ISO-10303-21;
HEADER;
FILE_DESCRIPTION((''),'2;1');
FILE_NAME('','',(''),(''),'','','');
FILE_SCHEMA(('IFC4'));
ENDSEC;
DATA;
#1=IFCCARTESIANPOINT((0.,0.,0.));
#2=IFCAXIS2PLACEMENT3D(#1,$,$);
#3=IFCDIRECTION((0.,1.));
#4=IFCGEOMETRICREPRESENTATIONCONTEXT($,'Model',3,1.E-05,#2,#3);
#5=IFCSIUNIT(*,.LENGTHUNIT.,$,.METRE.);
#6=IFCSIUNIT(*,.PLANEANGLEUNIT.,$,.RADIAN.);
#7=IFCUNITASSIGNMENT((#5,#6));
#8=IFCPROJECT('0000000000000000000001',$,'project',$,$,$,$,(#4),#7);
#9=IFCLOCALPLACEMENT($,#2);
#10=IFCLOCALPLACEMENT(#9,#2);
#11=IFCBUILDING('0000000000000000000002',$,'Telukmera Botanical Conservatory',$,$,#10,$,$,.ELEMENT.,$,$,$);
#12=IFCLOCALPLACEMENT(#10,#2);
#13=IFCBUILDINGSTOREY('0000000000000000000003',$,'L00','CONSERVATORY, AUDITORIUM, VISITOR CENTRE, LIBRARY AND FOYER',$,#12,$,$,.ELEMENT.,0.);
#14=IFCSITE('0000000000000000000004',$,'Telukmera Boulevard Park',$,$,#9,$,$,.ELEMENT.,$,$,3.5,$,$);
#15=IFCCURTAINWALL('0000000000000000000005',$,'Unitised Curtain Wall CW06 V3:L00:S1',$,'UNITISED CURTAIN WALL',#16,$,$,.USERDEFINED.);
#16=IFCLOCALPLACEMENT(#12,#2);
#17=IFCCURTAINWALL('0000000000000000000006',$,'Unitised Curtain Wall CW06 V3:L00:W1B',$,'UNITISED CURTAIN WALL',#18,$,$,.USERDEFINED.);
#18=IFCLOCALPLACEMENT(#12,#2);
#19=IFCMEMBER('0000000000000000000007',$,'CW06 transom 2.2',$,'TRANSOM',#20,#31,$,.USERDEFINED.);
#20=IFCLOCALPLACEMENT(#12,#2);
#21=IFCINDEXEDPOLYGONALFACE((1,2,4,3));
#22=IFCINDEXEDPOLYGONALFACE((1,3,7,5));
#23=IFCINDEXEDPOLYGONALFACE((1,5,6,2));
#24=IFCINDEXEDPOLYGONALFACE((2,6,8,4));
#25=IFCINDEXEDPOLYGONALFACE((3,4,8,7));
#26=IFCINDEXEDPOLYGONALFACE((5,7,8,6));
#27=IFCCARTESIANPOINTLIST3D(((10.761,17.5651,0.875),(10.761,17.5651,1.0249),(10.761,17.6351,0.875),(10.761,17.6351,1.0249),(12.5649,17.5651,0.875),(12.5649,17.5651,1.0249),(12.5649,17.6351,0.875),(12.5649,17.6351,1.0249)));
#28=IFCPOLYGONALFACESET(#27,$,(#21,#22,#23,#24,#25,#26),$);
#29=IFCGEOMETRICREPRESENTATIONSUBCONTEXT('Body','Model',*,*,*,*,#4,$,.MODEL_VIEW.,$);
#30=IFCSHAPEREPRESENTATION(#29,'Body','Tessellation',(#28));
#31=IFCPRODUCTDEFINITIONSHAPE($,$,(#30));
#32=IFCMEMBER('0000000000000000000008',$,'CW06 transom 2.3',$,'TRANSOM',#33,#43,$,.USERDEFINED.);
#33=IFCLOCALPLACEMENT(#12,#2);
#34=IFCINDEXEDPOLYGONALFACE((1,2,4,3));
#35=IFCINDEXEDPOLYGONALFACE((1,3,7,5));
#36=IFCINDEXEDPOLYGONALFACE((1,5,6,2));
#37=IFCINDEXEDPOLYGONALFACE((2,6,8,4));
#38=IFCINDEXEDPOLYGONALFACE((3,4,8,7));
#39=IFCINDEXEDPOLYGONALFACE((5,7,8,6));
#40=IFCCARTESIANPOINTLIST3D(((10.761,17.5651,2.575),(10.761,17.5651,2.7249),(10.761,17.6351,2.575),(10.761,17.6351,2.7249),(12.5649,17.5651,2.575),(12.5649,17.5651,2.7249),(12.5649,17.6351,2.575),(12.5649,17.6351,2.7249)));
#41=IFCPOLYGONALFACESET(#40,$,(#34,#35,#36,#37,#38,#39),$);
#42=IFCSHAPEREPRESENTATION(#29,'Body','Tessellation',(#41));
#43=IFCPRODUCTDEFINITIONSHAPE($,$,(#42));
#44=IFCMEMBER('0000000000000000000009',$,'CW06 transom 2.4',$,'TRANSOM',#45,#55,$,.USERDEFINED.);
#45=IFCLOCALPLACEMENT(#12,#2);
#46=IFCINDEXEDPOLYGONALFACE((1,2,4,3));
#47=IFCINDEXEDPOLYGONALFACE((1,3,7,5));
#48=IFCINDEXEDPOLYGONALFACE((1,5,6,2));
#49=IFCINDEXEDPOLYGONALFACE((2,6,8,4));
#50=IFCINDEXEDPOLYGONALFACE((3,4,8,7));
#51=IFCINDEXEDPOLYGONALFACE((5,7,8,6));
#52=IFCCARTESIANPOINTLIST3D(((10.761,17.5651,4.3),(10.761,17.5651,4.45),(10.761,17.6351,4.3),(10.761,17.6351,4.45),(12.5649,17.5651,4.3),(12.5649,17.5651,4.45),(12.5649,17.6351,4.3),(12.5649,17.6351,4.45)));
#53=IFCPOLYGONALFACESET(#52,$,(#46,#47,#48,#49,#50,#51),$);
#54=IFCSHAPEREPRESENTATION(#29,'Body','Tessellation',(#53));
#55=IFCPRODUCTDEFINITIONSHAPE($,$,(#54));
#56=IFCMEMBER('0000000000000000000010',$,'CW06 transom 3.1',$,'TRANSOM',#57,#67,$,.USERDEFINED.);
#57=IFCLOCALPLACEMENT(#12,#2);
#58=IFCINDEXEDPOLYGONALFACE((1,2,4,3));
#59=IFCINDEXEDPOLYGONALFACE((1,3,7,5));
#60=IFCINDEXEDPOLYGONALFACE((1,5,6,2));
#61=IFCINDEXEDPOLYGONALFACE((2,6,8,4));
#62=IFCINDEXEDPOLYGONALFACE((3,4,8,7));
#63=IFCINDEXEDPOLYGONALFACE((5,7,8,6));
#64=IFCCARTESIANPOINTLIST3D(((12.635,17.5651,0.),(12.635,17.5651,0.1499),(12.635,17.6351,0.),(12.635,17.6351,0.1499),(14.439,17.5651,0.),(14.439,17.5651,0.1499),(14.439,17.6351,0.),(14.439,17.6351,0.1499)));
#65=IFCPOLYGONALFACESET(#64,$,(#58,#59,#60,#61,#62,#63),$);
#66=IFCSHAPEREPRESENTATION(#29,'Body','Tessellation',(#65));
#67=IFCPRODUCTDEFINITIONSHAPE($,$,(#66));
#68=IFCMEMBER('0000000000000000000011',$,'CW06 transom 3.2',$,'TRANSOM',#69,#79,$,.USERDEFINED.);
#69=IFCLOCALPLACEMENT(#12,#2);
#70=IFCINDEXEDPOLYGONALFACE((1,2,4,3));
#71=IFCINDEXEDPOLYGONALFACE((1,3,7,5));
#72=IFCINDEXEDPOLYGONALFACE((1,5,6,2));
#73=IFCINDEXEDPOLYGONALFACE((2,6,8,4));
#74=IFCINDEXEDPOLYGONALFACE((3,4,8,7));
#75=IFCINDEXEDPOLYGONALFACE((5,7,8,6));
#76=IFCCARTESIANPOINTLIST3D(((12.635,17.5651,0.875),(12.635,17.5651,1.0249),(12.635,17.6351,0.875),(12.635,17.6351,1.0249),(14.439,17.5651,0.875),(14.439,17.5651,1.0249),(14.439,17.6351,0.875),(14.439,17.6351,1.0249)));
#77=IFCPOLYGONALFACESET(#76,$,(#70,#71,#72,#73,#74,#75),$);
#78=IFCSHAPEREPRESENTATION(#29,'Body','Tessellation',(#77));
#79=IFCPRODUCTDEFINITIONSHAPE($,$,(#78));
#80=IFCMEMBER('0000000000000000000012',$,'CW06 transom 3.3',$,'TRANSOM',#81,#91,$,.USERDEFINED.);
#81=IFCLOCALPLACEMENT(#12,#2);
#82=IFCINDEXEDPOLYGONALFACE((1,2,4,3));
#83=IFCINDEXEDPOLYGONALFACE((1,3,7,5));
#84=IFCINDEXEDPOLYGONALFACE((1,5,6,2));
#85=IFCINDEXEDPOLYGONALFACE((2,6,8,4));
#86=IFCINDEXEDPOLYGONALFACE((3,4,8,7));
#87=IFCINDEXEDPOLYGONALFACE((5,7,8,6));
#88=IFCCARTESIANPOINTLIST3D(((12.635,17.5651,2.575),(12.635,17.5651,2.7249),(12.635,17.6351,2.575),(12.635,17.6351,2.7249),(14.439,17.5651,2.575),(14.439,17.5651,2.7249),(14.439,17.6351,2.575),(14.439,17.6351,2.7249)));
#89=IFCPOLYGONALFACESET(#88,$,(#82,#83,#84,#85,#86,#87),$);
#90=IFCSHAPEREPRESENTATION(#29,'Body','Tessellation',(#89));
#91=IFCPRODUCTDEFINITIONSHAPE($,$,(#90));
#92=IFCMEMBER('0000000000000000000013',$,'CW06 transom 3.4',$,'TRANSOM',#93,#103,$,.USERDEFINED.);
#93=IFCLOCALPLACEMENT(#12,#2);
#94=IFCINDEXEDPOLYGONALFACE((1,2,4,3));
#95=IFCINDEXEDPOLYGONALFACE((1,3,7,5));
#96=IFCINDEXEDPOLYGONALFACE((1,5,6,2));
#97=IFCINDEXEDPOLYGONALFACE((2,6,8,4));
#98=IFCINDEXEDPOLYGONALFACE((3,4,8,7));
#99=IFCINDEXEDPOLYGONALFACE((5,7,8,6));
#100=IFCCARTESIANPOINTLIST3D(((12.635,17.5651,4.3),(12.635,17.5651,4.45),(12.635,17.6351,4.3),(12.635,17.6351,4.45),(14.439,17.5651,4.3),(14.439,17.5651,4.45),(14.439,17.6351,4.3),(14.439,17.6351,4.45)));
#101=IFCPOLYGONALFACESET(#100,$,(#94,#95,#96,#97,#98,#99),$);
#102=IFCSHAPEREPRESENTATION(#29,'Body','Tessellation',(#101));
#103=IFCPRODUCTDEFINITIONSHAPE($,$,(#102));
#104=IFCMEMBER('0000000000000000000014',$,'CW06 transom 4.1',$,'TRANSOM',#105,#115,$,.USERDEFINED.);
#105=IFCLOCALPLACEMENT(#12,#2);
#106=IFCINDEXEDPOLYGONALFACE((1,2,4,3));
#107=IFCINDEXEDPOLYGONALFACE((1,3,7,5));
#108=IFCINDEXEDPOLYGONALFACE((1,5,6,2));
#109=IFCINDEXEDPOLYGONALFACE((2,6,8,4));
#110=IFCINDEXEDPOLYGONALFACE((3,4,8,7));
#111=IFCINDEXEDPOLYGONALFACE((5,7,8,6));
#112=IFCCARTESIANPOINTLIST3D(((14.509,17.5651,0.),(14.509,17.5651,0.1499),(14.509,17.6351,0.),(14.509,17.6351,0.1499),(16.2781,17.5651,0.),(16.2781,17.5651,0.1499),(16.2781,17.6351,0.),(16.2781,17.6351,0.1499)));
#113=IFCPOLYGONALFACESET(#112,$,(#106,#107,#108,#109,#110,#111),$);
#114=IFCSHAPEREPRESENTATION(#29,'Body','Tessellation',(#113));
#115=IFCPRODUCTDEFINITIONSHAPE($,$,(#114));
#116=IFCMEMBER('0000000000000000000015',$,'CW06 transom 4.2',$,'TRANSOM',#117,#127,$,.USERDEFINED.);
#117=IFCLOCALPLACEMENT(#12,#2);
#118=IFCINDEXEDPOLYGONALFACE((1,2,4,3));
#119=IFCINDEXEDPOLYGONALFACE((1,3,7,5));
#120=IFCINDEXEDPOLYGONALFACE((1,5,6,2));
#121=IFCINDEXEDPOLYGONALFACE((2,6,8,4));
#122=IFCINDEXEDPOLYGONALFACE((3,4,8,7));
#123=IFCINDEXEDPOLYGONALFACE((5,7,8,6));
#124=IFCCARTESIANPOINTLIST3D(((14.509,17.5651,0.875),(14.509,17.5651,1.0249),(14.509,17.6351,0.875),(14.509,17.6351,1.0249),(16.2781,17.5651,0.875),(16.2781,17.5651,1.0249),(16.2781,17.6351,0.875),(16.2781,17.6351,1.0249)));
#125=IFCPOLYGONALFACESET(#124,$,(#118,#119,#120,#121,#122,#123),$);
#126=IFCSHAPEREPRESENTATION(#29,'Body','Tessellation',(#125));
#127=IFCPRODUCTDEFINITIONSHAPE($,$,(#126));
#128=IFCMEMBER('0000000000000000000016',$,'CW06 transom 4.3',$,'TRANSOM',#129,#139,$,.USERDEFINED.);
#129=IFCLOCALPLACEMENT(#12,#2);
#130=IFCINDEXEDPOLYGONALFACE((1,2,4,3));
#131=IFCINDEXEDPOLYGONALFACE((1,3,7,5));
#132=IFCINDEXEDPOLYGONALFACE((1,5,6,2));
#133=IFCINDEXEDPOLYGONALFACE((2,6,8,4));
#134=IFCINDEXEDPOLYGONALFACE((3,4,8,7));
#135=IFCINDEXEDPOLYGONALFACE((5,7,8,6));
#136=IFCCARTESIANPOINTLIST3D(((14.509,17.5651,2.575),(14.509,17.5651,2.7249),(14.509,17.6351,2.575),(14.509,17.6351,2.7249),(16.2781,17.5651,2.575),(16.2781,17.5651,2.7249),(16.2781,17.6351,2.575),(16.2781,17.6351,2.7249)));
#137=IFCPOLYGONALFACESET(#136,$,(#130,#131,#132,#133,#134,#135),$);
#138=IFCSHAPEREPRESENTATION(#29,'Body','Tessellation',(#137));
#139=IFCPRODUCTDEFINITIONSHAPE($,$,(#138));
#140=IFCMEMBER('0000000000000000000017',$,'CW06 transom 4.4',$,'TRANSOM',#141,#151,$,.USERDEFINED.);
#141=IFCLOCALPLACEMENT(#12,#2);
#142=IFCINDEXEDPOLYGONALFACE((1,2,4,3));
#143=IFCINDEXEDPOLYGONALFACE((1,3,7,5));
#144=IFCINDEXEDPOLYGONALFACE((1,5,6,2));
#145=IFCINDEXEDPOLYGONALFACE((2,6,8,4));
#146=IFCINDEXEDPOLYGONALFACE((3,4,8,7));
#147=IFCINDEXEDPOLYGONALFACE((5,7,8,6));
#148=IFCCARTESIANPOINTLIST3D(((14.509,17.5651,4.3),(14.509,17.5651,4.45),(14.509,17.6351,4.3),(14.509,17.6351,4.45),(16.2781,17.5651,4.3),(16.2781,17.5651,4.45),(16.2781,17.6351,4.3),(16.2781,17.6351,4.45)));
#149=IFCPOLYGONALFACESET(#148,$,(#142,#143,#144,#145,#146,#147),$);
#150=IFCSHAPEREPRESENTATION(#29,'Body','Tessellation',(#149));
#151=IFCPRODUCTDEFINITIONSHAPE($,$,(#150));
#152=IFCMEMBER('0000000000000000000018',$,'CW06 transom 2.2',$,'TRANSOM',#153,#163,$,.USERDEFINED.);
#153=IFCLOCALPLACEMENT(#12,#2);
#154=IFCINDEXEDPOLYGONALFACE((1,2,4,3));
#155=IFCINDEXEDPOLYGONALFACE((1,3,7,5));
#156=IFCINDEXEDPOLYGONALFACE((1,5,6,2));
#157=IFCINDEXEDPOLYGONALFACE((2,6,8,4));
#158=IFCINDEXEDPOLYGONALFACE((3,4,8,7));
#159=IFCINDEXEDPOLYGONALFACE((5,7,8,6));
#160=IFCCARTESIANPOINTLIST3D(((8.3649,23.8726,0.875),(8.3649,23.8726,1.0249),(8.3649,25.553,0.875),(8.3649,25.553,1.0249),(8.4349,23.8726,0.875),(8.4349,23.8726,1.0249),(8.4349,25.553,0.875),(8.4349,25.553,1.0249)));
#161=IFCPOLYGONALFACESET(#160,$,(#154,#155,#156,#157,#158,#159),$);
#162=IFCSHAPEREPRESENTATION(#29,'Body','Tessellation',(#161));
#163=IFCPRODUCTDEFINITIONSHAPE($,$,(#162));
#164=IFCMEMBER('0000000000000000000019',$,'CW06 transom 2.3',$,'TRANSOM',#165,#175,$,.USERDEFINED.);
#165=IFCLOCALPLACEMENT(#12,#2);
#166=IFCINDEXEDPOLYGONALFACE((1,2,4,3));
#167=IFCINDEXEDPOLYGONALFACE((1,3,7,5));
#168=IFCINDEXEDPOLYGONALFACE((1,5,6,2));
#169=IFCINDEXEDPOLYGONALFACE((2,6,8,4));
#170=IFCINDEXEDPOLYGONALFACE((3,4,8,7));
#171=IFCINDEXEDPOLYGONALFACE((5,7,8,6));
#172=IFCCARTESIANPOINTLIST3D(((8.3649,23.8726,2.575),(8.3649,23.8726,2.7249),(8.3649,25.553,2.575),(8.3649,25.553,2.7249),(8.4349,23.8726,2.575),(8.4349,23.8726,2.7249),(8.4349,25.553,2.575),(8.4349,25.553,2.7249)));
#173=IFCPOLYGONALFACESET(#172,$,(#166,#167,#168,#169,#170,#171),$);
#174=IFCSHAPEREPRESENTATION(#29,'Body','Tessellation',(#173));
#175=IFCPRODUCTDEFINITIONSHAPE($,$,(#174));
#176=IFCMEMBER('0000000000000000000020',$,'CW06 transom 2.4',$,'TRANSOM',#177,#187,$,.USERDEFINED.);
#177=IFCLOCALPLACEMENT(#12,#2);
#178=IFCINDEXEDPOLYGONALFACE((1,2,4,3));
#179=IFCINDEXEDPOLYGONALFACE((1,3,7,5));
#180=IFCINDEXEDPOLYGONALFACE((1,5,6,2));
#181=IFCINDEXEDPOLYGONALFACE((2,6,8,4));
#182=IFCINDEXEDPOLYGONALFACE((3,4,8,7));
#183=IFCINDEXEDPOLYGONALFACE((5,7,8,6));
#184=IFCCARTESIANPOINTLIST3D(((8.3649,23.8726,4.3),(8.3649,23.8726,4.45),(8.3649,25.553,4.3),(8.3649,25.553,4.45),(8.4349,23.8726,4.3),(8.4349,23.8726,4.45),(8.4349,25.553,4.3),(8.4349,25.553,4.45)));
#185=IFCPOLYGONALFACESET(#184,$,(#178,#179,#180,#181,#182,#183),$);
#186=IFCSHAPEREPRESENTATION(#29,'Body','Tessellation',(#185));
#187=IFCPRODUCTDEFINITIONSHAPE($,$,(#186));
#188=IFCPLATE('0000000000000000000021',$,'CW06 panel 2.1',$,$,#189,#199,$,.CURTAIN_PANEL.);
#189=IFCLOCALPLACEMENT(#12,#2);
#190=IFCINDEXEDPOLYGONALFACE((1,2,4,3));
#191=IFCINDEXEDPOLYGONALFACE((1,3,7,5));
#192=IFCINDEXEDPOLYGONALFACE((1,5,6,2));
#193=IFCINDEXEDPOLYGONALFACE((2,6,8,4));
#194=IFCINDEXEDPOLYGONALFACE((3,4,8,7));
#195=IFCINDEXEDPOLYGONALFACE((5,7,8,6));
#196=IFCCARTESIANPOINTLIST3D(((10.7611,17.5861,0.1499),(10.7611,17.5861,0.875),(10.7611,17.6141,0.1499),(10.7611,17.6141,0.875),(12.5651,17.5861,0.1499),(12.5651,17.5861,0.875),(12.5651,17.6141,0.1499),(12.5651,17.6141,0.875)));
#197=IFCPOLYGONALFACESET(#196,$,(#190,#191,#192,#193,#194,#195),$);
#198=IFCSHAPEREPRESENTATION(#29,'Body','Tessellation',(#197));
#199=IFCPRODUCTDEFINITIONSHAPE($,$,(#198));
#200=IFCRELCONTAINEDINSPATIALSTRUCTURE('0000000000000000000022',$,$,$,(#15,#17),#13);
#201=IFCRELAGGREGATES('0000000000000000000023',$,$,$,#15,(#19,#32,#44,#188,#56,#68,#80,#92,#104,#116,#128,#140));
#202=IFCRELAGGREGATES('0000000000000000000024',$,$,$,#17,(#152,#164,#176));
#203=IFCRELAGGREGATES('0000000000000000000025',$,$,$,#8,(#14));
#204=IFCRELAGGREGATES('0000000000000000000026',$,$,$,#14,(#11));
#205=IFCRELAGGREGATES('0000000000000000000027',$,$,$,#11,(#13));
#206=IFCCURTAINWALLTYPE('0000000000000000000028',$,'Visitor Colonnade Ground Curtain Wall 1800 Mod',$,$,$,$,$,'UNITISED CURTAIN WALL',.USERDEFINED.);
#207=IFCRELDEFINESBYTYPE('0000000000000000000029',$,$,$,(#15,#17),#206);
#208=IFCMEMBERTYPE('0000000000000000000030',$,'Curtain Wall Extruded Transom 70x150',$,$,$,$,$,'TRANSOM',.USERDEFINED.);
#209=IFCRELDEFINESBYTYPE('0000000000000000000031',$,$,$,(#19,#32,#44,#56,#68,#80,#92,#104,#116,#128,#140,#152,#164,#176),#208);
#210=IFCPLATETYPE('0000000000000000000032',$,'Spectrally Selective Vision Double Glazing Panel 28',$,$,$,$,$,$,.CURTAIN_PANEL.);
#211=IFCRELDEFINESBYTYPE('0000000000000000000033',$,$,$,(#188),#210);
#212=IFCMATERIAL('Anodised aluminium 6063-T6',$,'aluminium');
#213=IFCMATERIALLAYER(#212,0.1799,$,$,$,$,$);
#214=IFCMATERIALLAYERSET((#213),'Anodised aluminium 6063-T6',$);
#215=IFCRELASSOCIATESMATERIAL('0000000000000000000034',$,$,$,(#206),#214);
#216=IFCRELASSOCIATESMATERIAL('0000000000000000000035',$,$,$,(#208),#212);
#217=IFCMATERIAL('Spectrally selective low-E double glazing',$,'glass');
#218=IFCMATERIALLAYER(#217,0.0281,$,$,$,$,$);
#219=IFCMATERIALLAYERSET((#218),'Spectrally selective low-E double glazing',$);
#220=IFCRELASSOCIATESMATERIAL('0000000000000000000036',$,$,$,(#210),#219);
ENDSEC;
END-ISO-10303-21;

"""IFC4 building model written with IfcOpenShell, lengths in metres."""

from ifc_helpers import new_model, si_unit, direction, frame, origin, origin_2d, place, context, subcontext, project, spatial, rectangle, extrude, material, layer, layer_set, material_profile, profile_set, type_object, element, aggregate, save


model = new_model("IFC4")

# Units and contexts
model_context = context("Model", 3, precision=1e-05, world=origin(), true_north=direction((0.0, 1.0)))
body_context = subcontext(model_context, "Body", "Model", "MODEL_VIEW")
ifc_project = project(units=[si_unit("LENGTHUNIT", "METRE"), si_unit("PLANEANGLEUNIT", "RADIAN")], contexts=[model_context])

# Site, building, storey
site_placement = place(None, origin())
site = spatial("IfcSite", under=ifc_project, at=site_placement, Name="Telukmera Boulevard Park", CompositionType="ELEMENT", RefElevation=3.5)
building_placement = place(site_placement, origin())
building = spatial("IfcBuilding", under=site, at=building_placement, Name="Telukmera Botanical Conservatory", CompositionType="ELEMENT")
storey_placement = place(building_placement, origin())
storey = spatial("IfcBuildingStorey", under=building, at=storey_placement, Name="L00", Description="CONSERVATORY, AUDITORIUM, VISITOR CENTRE, LIBRARY AND FOYER", CompositionType="ELEMENT", Elevation=0.0)

# Curtain wall
ifc_material_1 = material(Name="Anodised aluminium 6063-T6", Category="aluminium")
ifc_layer_1 = layer(ifc_material_1, 0.1799)
ifc_layer_set_1 = layer_set([ifc_layer_1], Name="Anodised aluminium 6063-T6")
curtain_wall_type = type_object("IfcCurtainWallType", Name="Visitor Colonnade Ground Curtain Wall 1800 Mod", ElementType="UNITISED CURTAIN WALL", PredefinedType="USERDEFINED", material=ifc_layer_set_1)
curtain_wall_1_placement = place(storey_placement, origin())
curtain_wall_1 = element("IfcCurtainWall", 1, at=curtain_wall_1_placement, inside=storey, type_object=curtain_wall_type, Name="Unitised Curtain Wall CW06 V3:L00:S1", ObjectType="UNITISED CURTAIN WALL", PredefinedType="USERDEFINED")

# Curtain wall
curtain_wall_2_placement = place(storey_placement, origin())
curtain_wall_2 = element("IfcCurtainWall", 2, at=curtain_wall_2_placement, inside=storey, type_object=curtain_wall_type, Name="Unitised Curtain Wall CW06 V3:L00:W1B", ObjectType="UNITISED CURTAIN WALL", PredefinedType="USERDEFINED")

# Members
ifc_material_profile_1 = material_profile(ifc_material_1, rectangle(XDim=0.0701, YDim=0.1499, at=origin_2d()), Name="ALU TRAN 70x150")
ifc_profile_set_1 = profile_set([ifc_material_profile_1], Name="Anodised aluminium 6063-T6")
member_type_1 = type_object("IfcMemberType", Name="Curtain Wall Extruded Transom 70x150", ElementType="TRANSOM", PredefinedType="USERDEFINED", material=ifc_profile_set_1)
member_1_placement = place(storey_placement, frame((10.761, 17.6001, 0.95), z_axis=(1.0, 0.0, 0.0), x_axis=(0.0, 1.0, 0.0)))
member_1 = element("IfcMember", 3, at=member_1_placement, type_object=member_type_1, Name="CW06 transom 2.2", ObjectType="TRANSOM", PredefinedType="USERDEFINED", context=body_context, shape_type="SweptSolid", body=[
    extrude(rectangle(XDim=0.0701, YDim=0.1499, at=origin_2d()), origin(), (0.0, 0.0, 1.0), 1.804),
])
member_2_placement = place(storey_placement, frame((10.761, 17.6001, 2.6499), z_axis=(1.0, 0.0, 0.0), x_axis=(0.0, 1.0, 0.0)))
member_2 = element("IfcMember", 4, at=member_2_placement, type_object=member_type_1, Name="CW06 transom 2.3", ObjectType="TRANSOM", PredefinedType="USERDEFINED", context=body_context, shape_type="SweptSolid", body=[
    extrude(rectangle(XDim=0.0701, YDim=0.1499, at=origin_2d()), origin(), (0.0, 0.0, 1.0), 1.804),
])
member_3_placement = place(storey_placement, frame((10.761, 17.6001, 4.375), z_axis=(1.0, 0.0, 0.0), x_axis=(0.0, 1.0, 0.0)))
member_3 = element("IfcMember", 5, at=member_3_placement, type_object=member_type_1, Name="CW06 transom 2.4", ObjectType="TRANSOM", PredefinedType="USERDEFINED", context=body_context, shape_type="SweptSolid", body=[
    extrude(rectangle(XDim=0.0701, YDim=0.1499, at=origin_2d()), origin(), (0.0, 0.0, 1.0), 1.804),
])
member_4_placement = place(storey_placement, frame((12.635, 17.6001, 0.075), z_axis=(1.0, 0.0, 0.0), x_axis=(0.0, 1.0, 0.0)))
member_4 = element("IfcMember", 6, at=member_4_placement, type_object=member_type_1, Name="CW06 transom 3.1", ObjectType="TRANSOM", PredefinedType="USERDEFINED", context=body_context, shape_type="SweptSolid", body=[
    extrude(rectangle(XDim=0.0701, YDim=0.1499, at=origin_2d()), origin(), (0.0, 0.0, 1.0), 1.804),
])
member_5_placement = place(storey_placement, frame((12.635, 17.6001, 0.95), z_axis=(1.0, 0.0, 0.0), x_axis=(0.0, 1.0, 0.0)))
member_5 = element("IfcMember", 7, at=member_5_placement, type_object=member_type_1, Name="CW06 transom 3.2", ObjectType="TRANSOM", PredefinedType="USERDEFINED", context=body_context, shape_type="SweptSolid", body=[
    extrude(rectangle(XDim=0.0701, YDim=0.1499, at=origin_2d()), origin(), (0.0, 0.0, 1.0), 1.804),
])
member_6_placement = place(storey_placement, frame((12.635, 17.6001, 2.6499), z_axis=(1.0, 0.0, 0.0), x_axis=(0.0, 1.0, 0.0)))
member_6 = element("IfcMember", 8, at=member_6_placement, type_object=member_type_1, Name="CW06 transom 3.3", ObjectType="TRANSOM", PredefinedType="USERDEFINED", context=body_context, shape_type="SweptSolid", body=[
    extrude(rectangle(XDim=0.0701, YDim=0.1499, at=origin_2d()), origin(), (0.0, 0.0, 1.0), 1.804),
])
member_7_placement = place(storey_placement, frame((12.635, 17.6001, 4.375), z_axis=(1.0, 0.0, 0.0), x_axis=(0.0, 1.0, 0.0)))
member_7 = element("IfcMember", 9, at=member_7_placement, type_object=member_type_1, Name="CW06 transom 3.4", ObjectType="TRANSOM", PredefinedType="USERDEFINED", context=body_context, shape_type="SweptSolid", body=[
    extrude(rectangle(XDim=0.0701, YDim=0.1499, at=origin_2d()), origin(), (0.0, 0.0, 1.0), 1.804),
])
member_8_placement = place(storey_placement, frame((14.509, 17.6001, 0.075), z_axis=(1.0, 0.0, 0.0), x_axis=(0.0, 1.0, 0.0)))
member_8 = element("IfcMember", 10, at=member_8_placement, type_object=member_type_1, Name="CW06 transom 4.1", ObjectType="TRANSOM", PredefinedType="USERDEFINED", context=body_context, shape_type="SweptSolid", body=[
    extrude(rectangle(XDim=0.0701, YDim=0.1499, at=origin_2d()), origin(), (0.0, 0.0, 1.0), 1.769),
])
member_9_placement = place(storey_placement, frame((14.509, 17.6001, 0.95), z_axis=(1.0, 0.0, 0.0), x_axis=(0.0, 1.0, 0.0)))
member_9 = element("IfcMember", 11, at=member_9_placement, type_object=member_type_1, Name="CW06 transom 4.2", ObjectType="TRANSOM", PredefinedType="USERDEFINED", context=body_context, shape_type="SweptSolid", body=[
    extrude(rectangle(XDim=0.0701, YDim=0.1499, at=origin_2d()), origin(), (0.0, 0.0, 1.0), 1.769),
])
member_10_placement = place(storey_placement, frame((14.509, 17.6001, 2.6499), z_axis=(1.0, 0.0, 0.0), x_axis=(0.0, 1.0, 0.0)))
member_10 = element("IfcMember", 12, at=member_10_placement, type_object=member_type_1, Name="CW06 transom 4.3", ObjectType="TRANSOM", PredefinedType="USERDEFINED", context=body_context, shape_type="SweptSolid", body=[
    extrude(rectangle(XDim=0.0701, YDim=0.1499, at=origin_2d()), origin(), (0.0, 0.0, 1.0), 1.769),
])
member_11_placement = place(storey_placement, frame((14.509, 17.6001, 4.375), z_axis=(1.0, 0.0, 0.0), x_axis=(0.0, 1.0, 0.0)))
member_11 = element("IfcMember", 13, at=member_11_placement, type_object=member_type_1, Name="CW06 transom 4.4", ObjectType="TRANSOM", PredefinedType="USERDEFINED", context=body_context, shape_type="SweptSolid", body=[
    extrude(rectangle(XDim=0.0701, YDim=0.1499, at=origin_2d()), origin(), (0.0, 0.0, 1.0), 1.769),
])
member_12_placement = place(storey_placement, frame((8.3999, 23.8726, 0.95), z_axis=(0.0, 1.0, 0.0), x_axis=(-1.0, 0.0, 0.0)))
member_12 = element("IfcMember", 14, at=member_12_placement, type_object=member_type_1, Name="CW06 transom 2.2", ObjectType="TRANSOM", PredefinedType="USERDEFINED", context=body_context, shape_type="SweptSolid", body=[
    extrude(rectangle(XDim=0.0701, YDim=0.1499, at=origin_2d()), origin(), (0.0, 0.0, 1.0), 1.6804),
])
member_13_placement = place(storey_placement, frame((8.3999, 23.8726, 2.6499), z_axis=(0.0, 1.0, 0.0), x_axis=(-1.0, 0.0, 0.0)))
member_13 = element("IfcMember", 15, at=member_13_placement, type_object=member_type_1, Name="CW06 transom 2.3", ObjectType="TRANSOM", PredefinedType="USERDEFINED", context=body_context, shape_type="SweptSolid", body=[
    extrude(rectangle(XDim=0.0701, YDim=0.1499, at=origin_2d()), origin(), (0.0, 0.0, 1.0), 1.6804),
])
member_14_placement = place(storey_placement, frame((8.3999, 23.8726, 4.375), z_axis=(0.0, 1.0, 0.0), x_axis=(-1.0, 0.0, 0.0)))
member_14 = element("IfcMember", 16, at=member_14_placement, type_object=member_type_1, Name="CW06 transom 2.4", ObjectType="TRANSOM", PredefinedType="USERDEFINED", context=body_context, shape_type="SweptSolid", body=[
    extrude(rectangle(XDim=0.0701, YDim=0.1499, at=origin_2d()), origin(), (0.0, 0.0, 1.0), 1.6804),
])

# Plate
ifc_material_2 = material(Name="Spectrally selective low-E double glazing", Category="glass")
ifc_layer_2 = layer(ifc_material_2, 0.0281)
ifc_layer_set_2 = layer_set([ifc_layer_2], Name="Spectrally selective low-E double glazing")
plate_type = type_object("IfcPlateType", Name="Spectrally Selective Vision Double Glazing Panel 28", PredefinedType="CURTAIN_PANEL", material=ifc_layer_set_2)
plate_1_placement = place(storey_placement, frame((11.6631, 17.6001, 0.1499), z_axis=(0.0, 0.0, 1.0), x_axis=(1.0, 0.0, 0.0)))
plate_1 = element("IfcPlate", 17, at=plate_1_placement, type_object=plate_type, Name="CW06 panel 2.1", PredefinedType="CURTAIN_PANEL", context=body_context, shape_type="SweptSolid", body=[
    extrude(rectangle(XDim=1.804, YDim=0.0281, at=origin_2d()), origin(), (0.0, 0.0, 1.0), 0.7251),
])
aggregate(curtain_wall_1, [member_1, member_2, member_3, plate_1, member_4, member_5, member_6, member_7, member_8, member_9, member_10, member_11])
aggregate(curtain_wall_2, [member_12, member_13, member_14])

save(model, "model.ifc")
